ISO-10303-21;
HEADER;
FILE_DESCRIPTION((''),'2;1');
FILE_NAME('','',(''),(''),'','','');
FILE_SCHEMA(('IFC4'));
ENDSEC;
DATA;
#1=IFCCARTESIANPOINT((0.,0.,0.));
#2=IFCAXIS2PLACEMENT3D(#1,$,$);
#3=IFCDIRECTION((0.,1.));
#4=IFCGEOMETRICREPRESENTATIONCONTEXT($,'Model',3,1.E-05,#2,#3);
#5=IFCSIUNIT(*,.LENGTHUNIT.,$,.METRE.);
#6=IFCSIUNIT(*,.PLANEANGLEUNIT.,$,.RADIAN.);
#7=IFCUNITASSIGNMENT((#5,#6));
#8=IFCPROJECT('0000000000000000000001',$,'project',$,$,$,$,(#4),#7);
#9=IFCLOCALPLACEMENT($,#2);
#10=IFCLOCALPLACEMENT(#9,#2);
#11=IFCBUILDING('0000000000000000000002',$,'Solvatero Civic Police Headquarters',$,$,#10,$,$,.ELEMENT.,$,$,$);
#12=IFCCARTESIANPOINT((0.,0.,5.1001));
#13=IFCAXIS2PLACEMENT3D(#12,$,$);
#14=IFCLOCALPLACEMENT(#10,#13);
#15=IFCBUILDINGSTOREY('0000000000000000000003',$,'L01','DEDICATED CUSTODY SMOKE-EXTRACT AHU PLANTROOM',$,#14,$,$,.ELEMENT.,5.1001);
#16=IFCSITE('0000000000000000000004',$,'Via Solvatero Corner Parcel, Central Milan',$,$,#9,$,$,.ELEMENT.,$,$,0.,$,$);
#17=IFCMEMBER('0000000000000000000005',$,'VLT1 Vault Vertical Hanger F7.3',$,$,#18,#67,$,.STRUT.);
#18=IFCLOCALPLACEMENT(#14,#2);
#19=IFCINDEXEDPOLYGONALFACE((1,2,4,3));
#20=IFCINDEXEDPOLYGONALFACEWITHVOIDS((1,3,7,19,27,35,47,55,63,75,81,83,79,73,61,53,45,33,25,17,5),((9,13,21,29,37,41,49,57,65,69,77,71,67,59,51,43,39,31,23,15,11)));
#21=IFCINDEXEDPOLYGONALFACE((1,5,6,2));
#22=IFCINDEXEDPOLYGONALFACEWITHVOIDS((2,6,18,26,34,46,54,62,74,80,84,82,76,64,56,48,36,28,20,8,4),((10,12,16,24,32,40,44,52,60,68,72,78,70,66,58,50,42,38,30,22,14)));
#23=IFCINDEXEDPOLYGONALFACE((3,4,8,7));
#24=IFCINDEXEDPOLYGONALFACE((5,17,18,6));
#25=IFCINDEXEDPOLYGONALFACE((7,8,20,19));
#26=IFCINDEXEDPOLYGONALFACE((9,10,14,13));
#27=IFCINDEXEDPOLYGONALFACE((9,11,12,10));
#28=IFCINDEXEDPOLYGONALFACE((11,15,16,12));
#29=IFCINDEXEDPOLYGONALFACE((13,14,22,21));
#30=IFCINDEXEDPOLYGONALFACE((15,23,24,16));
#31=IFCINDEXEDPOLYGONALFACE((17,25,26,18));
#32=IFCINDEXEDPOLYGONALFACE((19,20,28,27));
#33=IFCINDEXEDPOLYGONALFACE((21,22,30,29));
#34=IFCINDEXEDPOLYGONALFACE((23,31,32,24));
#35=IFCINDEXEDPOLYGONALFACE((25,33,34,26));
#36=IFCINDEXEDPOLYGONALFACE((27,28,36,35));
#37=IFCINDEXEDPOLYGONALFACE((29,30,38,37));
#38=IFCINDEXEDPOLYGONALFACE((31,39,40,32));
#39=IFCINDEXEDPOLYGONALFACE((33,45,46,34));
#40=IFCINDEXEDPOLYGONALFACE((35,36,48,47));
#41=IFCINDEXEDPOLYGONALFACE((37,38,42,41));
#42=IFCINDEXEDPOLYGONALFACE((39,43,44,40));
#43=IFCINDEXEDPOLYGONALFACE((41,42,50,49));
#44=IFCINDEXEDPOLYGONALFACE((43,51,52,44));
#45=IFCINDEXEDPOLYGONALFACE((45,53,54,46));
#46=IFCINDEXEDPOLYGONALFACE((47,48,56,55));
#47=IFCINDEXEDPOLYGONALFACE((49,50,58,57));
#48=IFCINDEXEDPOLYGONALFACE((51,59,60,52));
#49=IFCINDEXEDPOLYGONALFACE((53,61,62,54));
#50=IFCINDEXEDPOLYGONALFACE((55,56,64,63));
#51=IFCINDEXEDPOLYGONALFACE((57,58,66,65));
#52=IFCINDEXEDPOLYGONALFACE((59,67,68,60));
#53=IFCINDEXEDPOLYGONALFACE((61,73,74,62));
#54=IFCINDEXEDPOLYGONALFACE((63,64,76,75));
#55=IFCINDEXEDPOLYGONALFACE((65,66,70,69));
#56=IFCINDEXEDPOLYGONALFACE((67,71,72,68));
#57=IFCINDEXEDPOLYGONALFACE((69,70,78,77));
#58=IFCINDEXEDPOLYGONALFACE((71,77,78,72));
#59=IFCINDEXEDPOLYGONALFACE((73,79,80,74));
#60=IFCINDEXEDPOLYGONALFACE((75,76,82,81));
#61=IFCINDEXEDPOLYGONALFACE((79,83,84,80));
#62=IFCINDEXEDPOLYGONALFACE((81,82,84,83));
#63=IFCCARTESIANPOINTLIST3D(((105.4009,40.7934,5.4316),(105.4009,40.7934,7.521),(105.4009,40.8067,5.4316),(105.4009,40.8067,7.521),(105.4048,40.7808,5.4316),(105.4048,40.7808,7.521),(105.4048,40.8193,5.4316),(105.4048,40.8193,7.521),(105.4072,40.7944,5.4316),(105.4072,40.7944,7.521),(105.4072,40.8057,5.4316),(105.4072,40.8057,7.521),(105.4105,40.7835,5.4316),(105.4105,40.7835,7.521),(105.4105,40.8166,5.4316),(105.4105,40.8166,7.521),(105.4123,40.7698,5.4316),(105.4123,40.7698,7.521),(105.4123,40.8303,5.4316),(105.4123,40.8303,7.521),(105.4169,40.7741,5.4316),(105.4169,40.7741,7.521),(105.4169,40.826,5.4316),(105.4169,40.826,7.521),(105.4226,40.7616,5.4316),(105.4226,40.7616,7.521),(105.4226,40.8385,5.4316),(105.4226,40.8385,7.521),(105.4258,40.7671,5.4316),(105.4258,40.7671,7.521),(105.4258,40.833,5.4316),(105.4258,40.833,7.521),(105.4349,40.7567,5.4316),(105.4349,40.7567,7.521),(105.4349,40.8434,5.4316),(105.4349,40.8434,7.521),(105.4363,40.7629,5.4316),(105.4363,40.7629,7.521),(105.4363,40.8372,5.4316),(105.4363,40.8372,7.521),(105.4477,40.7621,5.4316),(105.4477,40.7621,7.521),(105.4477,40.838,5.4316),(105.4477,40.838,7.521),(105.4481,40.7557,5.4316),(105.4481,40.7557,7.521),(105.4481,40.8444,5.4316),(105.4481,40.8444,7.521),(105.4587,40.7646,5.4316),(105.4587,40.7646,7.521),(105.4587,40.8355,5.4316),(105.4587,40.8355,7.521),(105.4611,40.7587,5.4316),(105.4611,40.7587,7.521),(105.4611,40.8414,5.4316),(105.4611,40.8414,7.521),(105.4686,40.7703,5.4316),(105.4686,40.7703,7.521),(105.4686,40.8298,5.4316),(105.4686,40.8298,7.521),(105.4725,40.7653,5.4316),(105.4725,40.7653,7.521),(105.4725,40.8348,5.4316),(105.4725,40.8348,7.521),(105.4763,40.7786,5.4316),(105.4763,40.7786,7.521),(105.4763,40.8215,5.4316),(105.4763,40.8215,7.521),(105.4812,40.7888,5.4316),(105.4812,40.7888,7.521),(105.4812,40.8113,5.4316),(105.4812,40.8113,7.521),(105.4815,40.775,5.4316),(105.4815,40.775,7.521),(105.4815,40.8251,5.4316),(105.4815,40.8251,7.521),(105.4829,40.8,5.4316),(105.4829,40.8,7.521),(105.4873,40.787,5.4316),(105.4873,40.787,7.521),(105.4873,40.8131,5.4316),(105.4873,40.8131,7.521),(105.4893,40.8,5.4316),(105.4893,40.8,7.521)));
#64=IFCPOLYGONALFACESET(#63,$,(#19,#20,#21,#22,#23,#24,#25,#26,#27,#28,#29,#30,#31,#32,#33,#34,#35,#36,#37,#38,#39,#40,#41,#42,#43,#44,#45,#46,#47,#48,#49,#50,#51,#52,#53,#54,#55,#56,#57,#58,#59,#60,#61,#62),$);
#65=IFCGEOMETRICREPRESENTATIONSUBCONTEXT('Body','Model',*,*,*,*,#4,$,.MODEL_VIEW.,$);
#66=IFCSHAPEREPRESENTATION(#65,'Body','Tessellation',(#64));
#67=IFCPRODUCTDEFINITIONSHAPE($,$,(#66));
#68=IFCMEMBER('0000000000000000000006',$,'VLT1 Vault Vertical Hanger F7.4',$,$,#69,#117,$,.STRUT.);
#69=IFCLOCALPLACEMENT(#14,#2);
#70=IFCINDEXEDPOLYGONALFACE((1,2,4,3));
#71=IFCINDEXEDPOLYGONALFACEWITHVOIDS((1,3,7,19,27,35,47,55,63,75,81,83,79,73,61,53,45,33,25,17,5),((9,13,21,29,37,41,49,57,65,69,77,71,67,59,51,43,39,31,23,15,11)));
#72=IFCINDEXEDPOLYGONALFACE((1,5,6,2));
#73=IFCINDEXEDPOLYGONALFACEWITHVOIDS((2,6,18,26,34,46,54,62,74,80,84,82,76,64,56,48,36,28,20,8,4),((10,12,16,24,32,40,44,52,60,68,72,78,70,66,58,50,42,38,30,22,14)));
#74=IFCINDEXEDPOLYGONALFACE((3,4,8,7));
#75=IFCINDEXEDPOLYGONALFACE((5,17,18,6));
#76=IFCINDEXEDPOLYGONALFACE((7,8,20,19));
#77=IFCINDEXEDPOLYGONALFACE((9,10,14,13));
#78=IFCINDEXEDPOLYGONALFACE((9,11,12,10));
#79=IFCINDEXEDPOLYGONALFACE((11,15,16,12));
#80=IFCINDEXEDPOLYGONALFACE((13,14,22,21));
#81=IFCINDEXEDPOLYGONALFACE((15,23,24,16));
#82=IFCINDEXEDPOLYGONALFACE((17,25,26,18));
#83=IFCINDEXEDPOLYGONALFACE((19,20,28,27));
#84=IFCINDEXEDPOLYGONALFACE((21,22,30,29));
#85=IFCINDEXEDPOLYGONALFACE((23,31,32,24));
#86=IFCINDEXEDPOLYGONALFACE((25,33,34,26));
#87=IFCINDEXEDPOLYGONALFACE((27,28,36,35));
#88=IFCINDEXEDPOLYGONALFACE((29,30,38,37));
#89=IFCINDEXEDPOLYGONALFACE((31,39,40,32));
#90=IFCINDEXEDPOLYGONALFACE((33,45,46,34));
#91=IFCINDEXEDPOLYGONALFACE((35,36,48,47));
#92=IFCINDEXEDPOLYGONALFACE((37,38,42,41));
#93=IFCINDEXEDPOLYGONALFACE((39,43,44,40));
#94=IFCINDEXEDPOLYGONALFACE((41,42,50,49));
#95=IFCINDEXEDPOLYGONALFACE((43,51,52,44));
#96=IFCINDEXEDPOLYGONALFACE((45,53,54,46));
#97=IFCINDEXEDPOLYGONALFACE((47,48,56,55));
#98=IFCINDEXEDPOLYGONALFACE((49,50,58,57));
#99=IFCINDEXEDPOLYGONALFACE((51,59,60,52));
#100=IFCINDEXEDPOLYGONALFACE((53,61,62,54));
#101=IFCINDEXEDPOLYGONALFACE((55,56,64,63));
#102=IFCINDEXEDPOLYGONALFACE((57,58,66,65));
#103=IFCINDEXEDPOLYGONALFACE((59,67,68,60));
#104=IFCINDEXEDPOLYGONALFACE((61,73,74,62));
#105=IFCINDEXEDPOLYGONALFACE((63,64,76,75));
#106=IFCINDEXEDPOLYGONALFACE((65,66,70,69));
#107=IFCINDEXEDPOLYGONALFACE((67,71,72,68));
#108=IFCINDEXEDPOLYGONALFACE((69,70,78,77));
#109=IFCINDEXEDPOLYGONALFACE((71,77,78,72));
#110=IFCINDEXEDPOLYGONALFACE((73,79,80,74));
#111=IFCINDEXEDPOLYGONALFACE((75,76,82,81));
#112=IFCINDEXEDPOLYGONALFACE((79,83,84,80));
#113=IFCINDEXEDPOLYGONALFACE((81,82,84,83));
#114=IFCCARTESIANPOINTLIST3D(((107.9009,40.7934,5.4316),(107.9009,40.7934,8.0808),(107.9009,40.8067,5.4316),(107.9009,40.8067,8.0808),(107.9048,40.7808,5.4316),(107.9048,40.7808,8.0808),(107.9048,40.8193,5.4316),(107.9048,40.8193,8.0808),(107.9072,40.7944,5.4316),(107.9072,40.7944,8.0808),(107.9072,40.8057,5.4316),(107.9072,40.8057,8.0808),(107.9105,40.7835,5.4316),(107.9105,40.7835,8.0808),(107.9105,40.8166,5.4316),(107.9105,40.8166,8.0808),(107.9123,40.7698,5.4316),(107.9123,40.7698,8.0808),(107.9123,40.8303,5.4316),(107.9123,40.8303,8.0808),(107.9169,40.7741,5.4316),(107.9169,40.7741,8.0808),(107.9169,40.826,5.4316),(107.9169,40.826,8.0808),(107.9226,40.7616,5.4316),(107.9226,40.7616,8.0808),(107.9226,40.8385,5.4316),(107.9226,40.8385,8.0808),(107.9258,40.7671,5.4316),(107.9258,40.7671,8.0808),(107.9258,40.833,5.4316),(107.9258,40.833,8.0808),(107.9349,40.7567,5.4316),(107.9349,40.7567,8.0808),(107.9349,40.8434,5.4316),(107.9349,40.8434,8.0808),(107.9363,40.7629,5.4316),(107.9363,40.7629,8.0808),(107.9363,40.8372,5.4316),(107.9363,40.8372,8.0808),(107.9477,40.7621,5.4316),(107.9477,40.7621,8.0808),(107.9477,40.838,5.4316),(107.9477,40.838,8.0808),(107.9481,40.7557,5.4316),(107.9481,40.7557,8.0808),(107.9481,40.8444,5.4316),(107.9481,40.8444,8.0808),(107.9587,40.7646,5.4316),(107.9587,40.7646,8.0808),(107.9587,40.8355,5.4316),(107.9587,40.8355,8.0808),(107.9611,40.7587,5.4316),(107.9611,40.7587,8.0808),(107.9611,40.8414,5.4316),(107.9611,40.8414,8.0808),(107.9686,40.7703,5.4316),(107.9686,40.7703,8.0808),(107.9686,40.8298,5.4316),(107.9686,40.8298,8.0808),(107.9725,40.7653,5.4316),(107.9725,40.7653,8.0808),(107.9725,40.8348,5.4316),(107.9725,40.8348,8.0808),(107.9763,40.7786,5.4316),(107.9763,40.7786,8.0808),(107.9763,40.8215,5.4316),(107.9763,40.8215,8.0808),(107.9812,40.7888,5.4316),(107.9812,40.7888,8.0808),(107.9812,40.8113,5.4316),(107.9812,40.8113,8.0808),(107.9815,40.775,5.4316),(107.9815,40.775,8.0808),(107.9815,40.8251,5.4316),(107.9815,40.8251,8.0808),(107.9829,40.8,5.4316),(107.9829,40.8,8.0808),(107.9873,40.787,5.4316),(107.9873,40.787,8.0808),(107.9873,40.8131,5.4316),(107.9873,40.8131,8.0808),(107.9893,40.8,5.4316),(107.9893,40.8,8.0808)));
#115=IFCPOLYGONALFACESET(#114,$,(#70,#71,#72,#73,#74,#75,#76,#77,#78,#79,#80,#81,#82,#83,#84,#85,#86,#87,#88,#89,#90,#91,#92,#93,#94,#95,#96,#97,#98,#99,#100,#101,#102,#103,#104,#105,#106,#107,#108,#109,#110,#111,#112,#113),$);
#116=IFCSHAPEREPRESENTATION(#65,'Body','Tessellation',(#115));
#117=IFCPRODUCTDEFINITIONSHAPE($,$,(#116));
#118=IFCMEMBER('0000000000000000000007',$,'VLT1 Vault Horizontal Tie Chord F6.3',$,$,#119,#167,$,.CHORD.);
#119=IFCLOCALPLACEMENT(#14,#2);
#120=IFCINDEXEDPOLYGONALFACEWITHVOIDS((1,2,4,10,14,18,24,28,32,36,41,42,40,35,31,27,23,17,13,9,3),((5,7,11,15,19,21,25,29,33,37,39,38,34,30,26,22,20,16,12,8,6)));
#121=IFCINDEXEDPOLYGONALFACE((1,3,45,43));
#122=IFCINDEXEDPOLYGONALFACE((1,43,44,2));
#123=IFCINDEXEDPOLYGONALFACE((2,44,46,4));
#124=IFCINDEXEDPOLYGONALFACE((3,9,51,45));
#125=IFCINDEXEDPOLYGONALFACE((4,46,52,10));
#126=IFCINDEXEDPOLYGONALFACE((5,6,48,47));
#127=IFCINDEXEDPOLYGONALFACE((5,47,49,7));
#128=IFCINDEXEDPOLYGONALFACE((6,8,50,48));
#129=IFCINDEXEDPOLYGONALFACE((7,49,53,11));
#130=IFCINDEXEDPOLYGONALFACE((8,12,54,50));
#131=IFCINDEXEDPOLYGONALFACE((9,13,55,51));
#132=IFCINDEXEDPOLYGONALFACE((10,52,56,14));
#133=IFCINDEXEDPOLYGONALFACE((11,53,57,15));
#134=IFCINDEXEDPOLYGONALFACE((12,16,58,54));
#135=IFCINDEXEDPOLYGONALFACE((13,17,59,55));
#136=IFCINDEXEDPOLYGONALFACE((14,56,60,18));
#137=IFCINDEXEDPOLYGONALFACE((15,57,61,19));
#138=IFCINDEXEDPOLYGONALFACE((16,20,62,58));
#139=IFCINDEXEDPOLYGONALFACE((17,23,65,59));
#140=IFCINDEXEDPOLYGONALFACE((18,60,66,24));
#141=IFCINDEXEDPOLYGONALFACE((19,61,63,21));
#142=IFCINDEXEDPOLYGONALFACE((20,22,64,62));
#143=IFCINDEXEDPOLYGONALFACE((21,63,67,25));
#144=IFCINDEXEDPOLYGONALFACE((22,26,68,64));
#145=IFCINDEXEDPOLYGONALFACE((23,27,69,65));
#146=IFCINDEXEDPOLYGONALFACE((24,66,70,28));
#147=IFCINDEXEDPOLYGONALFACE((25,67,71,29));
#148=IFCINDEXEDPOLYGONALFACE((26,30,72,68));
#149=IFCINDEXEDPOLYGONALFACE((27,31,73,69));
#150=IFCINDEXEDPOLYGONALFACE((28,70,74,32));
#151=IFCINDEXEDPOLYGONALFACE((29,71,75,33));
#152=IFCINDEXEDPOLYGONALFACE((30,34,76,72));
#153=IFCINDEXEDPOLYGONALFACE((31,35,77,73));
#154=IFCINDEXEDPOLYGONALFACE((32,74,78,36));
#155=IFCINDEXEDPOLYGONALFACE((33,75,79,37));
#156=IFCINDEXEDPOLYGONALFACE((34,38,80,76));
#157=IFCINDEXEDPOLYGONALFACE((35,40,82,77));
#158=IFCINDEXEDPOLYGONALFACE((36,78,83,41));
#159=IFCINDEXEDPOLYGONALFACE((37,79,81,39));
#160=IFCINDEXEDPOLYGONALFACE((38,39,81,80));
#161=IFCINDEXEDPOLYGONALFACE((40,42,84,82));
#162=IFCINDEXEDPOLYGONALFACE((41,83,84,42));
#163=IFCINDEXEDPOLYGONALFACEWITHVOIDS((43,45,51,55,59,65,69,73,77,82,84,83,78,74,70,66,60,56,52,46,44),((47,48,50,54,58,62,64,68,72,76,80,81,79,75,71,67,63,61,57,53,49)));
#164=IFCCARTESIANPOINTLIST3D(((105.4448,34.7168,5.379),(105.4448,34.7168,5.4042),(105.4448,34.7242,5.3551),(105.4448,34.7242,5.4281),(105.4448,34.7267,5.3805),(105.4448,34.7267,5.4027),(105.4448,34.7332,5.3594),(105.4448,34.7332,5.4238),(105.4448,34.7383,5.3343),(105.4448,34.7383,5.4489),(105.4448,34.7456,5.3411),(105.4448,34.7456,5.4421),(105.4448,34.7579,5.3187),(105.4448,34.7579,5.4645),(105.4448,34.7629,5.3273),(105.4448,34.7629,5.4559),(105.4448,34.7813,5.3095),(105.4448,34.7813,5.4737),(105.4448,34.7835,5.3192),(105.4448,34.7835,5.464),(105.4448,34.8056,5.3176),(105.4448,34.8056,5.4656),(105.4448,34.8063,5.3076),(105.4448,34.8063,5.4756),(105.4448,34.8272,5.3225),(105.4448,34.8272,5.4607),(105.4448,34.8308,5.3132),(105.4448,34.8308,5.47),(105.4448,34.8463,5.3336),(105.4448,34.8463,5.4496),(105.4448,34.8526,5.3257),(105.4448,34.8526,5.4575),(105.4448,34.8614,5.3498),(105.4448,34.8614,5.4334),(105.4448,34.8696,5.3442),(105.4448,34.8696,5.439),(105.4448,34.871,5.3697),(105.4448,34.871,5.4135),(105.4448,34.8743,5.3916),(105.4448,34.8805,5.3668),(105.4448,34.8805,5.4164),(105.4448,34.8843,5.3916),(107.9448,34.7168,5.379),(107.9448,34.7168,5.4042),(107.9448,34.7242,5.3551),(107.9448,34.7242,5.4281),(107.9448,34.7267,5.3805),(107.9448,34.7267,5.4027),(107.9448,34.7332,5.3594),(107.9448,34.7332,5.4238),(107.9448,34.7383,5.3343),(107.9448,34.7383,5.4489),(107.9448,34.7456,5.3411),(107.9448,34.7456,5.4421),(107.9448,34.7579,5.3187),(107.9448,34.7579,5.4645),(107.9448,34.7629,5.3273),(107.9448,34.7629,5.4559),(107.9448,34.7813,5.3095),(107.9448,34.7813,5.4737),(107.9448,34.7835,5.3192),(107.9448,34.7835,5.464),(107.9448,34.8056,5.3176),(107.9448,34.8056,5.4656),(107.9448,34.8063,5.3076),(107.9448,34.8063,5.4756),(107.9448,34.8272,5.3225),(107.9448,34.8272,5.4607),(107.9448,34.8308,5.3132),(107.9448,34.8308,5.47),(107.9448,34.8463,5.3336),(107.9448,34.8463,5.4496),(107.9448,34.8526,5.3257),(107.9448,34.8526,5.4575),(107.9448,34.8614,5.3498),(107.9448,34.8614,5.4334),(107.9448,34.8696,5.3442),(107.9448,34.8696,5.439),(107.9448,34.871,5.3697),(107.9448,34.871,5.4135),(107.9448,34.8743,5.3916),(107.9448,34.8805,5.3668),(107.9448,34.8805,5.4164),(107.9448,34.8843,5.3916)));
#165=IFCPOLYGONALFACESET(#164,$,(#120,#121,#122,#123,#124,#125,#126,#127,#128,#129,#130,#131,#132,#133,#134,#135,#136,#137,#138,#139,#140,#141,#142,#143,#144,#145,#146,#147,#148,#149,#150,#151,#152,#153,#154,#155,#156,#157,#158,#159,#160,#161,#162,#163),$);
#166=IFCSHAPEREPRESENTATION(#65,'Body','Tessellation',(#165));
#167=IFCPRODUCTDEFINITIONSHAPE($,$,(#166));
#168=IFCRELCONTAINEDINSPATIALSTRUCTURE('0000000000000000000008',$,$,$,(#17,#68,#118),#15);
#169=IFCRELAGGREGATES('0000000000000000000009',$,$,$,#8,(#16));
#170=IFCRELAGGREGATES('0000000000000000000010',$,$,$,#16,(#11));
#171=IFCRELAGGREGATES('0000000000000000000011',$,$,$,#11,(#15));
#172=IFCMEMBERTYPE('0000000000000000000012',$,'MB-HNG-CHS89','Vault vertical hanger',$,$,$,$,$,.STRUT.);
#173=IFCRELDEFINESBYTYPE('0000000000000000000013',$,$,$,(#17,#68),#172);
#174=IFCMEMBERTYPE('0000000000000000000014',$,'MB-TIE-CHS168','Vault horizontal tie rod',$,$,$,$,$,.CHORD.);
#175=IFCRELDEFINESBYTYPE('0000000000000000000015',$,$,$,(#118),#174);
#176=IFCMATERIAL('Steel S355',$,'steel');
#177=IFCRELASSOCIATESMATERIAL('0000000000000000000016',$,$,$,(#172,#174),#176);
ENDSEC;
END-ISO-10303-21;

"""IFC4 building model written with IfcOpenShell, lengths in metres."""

from ifc_helpers import new_model, si_unit, direction, frame, origin, origin_2d, place, context, subcontext, project, spatial, hollow_circle, extrude, material, material_profile, profile_set, type_object, element, save


model = new_model("IFC4")

# Units and contexts
model_context = context("Model", 3, precision=1e-05, world=origin(), true_north=direction((0.0, 1.0)))
body_context = subcontext(model_context, "Body", "Model", "MODEL_VIEW")
ifc_project = project(units=[si_unit("LENGTHUNIT", "METRE"), si_unit("PLANEANGLEUNIT", "RADIAN")], contexts=[model_context])

# Site, building, storey
site_placement = place(None, origin())
site = spatial("IfcSite", under=ifc_project, at=site_placement, Name="Via Solvatero Corner Parcel, Central Milan", CompositionType="ELEMENT", RefElevation=0.0)
building_placement = place(site_placement, origin())
building = spatial("IfcBuilding", under=site, at=building_placement, Name="Solvatero Civic Police Headquarters", CompositionType="ELEMENT")
storey_placement = place(building_placement, frame((0.0, 0.0, 5.1001)))
storey = spatial("IfcBuildingStorey", under=building, at=storey_placement, Name="L01", Description="DEDICATED CUSTODY SMOKE-EXTRACT AHU PLANTROOM", CompositionType="ELEMENT", Elevation=5.1001)

# Shared definitions
ifc_material = material(Name="Steel S355", Category="steel")

# Members
ifc_material_profile_1 = material_profile(ifc_material, hollow_circle(Radius=0.0444, WallThickness=0.0063, at=origin_2d()), Name="CHS 88.9x6.3")
ifc_profile_set_1 = profile_set([ifc_material_profile_1], Name="Steel S355")
member_type_1 = type_object("IfcMemberType", Name="MB-HNG-CHS89", Description="Vault vertical hanger", PredefinedType="STRUT", material=ifc_profile_set_1)
member_1_placement = place(storey_placement, frame((105.4448, 40.8, 5.4316), z_axis=(0.0, 0.0, 1.0), x_axis=(1.0, 0.0, 0.0)))
element("IfcMember", 1, at=member_1_placement, inside=storey, type_object=member_type_1, Name="VLT1 Vault Vertical Hanger F7.3", PredefinedType="STRUT", context=body_context, shape_type="SweptSolid", body=[
    extrude(hollow_circle(Radius=0.0444, WallThickness=0.0063, at=origin_2d()), origin(), (0.0, 0.0, 1.0), 2.0894),
])
member_2_placement = place(storey_placement, frame((107.9448, 40.8, 5.4316), z_axis=(0.0, 0.0, 1.0), x_axis=(1.0, 0.0, 0.0)))
element("IfcMember", 2, at=member_2_placement, inside=storey, type_object=member_type_1, Name="VLT1 Vault Vertical Hanger F7.4", PredefinedType="STRUT", context=body_context, shape_type="SweptSolid", body=[
    extrude(hollow_circle(Radius=0.0444, WallThickness=0.0063, at=origin_2d()), origin(), (0.0, 0.0, 1.0), 2.6492),
])
ifc_material_profile_2 = material_profile(ifc_material, hollow_circle(Radius=0.0842, WallThickness=0.01, at=origin_2d()), Name="CHS 168.3x10.0")
ifc_profile_set_2 = profile_set([ifc_material_profile_2], Name="Steel S355")
member_type_2 = type_object("IfcMemberType", Name="MB-TIE-CHS168", Description="Vault horizontal tie rod", PredefinedType="CHORD", material=ifc_profile_set_2)
member_3_placement = place(storey_placement, frame((105.4448, 34.8, 5.3916), z_axis=(1.0, 0.0, 0.0), x_axis=(0.0, 1.0, 0.0)))
element("IfcMember", 3, at=member_3_placement, inside=storey, type_object=member_type_2, Name="VLT1 Vault Horizontal Tie Chord F6.3", PredefinedType="CHORD", context=body_context, shape_type="SweptSolid", body=[
    extrude(hollow_circle(Radius=0.0842, WallThickness=0.01, at=origin_2d()), origin(), (0.0, 0.0, 1.0), 2.5),
])

save(model, "model.ifc")
